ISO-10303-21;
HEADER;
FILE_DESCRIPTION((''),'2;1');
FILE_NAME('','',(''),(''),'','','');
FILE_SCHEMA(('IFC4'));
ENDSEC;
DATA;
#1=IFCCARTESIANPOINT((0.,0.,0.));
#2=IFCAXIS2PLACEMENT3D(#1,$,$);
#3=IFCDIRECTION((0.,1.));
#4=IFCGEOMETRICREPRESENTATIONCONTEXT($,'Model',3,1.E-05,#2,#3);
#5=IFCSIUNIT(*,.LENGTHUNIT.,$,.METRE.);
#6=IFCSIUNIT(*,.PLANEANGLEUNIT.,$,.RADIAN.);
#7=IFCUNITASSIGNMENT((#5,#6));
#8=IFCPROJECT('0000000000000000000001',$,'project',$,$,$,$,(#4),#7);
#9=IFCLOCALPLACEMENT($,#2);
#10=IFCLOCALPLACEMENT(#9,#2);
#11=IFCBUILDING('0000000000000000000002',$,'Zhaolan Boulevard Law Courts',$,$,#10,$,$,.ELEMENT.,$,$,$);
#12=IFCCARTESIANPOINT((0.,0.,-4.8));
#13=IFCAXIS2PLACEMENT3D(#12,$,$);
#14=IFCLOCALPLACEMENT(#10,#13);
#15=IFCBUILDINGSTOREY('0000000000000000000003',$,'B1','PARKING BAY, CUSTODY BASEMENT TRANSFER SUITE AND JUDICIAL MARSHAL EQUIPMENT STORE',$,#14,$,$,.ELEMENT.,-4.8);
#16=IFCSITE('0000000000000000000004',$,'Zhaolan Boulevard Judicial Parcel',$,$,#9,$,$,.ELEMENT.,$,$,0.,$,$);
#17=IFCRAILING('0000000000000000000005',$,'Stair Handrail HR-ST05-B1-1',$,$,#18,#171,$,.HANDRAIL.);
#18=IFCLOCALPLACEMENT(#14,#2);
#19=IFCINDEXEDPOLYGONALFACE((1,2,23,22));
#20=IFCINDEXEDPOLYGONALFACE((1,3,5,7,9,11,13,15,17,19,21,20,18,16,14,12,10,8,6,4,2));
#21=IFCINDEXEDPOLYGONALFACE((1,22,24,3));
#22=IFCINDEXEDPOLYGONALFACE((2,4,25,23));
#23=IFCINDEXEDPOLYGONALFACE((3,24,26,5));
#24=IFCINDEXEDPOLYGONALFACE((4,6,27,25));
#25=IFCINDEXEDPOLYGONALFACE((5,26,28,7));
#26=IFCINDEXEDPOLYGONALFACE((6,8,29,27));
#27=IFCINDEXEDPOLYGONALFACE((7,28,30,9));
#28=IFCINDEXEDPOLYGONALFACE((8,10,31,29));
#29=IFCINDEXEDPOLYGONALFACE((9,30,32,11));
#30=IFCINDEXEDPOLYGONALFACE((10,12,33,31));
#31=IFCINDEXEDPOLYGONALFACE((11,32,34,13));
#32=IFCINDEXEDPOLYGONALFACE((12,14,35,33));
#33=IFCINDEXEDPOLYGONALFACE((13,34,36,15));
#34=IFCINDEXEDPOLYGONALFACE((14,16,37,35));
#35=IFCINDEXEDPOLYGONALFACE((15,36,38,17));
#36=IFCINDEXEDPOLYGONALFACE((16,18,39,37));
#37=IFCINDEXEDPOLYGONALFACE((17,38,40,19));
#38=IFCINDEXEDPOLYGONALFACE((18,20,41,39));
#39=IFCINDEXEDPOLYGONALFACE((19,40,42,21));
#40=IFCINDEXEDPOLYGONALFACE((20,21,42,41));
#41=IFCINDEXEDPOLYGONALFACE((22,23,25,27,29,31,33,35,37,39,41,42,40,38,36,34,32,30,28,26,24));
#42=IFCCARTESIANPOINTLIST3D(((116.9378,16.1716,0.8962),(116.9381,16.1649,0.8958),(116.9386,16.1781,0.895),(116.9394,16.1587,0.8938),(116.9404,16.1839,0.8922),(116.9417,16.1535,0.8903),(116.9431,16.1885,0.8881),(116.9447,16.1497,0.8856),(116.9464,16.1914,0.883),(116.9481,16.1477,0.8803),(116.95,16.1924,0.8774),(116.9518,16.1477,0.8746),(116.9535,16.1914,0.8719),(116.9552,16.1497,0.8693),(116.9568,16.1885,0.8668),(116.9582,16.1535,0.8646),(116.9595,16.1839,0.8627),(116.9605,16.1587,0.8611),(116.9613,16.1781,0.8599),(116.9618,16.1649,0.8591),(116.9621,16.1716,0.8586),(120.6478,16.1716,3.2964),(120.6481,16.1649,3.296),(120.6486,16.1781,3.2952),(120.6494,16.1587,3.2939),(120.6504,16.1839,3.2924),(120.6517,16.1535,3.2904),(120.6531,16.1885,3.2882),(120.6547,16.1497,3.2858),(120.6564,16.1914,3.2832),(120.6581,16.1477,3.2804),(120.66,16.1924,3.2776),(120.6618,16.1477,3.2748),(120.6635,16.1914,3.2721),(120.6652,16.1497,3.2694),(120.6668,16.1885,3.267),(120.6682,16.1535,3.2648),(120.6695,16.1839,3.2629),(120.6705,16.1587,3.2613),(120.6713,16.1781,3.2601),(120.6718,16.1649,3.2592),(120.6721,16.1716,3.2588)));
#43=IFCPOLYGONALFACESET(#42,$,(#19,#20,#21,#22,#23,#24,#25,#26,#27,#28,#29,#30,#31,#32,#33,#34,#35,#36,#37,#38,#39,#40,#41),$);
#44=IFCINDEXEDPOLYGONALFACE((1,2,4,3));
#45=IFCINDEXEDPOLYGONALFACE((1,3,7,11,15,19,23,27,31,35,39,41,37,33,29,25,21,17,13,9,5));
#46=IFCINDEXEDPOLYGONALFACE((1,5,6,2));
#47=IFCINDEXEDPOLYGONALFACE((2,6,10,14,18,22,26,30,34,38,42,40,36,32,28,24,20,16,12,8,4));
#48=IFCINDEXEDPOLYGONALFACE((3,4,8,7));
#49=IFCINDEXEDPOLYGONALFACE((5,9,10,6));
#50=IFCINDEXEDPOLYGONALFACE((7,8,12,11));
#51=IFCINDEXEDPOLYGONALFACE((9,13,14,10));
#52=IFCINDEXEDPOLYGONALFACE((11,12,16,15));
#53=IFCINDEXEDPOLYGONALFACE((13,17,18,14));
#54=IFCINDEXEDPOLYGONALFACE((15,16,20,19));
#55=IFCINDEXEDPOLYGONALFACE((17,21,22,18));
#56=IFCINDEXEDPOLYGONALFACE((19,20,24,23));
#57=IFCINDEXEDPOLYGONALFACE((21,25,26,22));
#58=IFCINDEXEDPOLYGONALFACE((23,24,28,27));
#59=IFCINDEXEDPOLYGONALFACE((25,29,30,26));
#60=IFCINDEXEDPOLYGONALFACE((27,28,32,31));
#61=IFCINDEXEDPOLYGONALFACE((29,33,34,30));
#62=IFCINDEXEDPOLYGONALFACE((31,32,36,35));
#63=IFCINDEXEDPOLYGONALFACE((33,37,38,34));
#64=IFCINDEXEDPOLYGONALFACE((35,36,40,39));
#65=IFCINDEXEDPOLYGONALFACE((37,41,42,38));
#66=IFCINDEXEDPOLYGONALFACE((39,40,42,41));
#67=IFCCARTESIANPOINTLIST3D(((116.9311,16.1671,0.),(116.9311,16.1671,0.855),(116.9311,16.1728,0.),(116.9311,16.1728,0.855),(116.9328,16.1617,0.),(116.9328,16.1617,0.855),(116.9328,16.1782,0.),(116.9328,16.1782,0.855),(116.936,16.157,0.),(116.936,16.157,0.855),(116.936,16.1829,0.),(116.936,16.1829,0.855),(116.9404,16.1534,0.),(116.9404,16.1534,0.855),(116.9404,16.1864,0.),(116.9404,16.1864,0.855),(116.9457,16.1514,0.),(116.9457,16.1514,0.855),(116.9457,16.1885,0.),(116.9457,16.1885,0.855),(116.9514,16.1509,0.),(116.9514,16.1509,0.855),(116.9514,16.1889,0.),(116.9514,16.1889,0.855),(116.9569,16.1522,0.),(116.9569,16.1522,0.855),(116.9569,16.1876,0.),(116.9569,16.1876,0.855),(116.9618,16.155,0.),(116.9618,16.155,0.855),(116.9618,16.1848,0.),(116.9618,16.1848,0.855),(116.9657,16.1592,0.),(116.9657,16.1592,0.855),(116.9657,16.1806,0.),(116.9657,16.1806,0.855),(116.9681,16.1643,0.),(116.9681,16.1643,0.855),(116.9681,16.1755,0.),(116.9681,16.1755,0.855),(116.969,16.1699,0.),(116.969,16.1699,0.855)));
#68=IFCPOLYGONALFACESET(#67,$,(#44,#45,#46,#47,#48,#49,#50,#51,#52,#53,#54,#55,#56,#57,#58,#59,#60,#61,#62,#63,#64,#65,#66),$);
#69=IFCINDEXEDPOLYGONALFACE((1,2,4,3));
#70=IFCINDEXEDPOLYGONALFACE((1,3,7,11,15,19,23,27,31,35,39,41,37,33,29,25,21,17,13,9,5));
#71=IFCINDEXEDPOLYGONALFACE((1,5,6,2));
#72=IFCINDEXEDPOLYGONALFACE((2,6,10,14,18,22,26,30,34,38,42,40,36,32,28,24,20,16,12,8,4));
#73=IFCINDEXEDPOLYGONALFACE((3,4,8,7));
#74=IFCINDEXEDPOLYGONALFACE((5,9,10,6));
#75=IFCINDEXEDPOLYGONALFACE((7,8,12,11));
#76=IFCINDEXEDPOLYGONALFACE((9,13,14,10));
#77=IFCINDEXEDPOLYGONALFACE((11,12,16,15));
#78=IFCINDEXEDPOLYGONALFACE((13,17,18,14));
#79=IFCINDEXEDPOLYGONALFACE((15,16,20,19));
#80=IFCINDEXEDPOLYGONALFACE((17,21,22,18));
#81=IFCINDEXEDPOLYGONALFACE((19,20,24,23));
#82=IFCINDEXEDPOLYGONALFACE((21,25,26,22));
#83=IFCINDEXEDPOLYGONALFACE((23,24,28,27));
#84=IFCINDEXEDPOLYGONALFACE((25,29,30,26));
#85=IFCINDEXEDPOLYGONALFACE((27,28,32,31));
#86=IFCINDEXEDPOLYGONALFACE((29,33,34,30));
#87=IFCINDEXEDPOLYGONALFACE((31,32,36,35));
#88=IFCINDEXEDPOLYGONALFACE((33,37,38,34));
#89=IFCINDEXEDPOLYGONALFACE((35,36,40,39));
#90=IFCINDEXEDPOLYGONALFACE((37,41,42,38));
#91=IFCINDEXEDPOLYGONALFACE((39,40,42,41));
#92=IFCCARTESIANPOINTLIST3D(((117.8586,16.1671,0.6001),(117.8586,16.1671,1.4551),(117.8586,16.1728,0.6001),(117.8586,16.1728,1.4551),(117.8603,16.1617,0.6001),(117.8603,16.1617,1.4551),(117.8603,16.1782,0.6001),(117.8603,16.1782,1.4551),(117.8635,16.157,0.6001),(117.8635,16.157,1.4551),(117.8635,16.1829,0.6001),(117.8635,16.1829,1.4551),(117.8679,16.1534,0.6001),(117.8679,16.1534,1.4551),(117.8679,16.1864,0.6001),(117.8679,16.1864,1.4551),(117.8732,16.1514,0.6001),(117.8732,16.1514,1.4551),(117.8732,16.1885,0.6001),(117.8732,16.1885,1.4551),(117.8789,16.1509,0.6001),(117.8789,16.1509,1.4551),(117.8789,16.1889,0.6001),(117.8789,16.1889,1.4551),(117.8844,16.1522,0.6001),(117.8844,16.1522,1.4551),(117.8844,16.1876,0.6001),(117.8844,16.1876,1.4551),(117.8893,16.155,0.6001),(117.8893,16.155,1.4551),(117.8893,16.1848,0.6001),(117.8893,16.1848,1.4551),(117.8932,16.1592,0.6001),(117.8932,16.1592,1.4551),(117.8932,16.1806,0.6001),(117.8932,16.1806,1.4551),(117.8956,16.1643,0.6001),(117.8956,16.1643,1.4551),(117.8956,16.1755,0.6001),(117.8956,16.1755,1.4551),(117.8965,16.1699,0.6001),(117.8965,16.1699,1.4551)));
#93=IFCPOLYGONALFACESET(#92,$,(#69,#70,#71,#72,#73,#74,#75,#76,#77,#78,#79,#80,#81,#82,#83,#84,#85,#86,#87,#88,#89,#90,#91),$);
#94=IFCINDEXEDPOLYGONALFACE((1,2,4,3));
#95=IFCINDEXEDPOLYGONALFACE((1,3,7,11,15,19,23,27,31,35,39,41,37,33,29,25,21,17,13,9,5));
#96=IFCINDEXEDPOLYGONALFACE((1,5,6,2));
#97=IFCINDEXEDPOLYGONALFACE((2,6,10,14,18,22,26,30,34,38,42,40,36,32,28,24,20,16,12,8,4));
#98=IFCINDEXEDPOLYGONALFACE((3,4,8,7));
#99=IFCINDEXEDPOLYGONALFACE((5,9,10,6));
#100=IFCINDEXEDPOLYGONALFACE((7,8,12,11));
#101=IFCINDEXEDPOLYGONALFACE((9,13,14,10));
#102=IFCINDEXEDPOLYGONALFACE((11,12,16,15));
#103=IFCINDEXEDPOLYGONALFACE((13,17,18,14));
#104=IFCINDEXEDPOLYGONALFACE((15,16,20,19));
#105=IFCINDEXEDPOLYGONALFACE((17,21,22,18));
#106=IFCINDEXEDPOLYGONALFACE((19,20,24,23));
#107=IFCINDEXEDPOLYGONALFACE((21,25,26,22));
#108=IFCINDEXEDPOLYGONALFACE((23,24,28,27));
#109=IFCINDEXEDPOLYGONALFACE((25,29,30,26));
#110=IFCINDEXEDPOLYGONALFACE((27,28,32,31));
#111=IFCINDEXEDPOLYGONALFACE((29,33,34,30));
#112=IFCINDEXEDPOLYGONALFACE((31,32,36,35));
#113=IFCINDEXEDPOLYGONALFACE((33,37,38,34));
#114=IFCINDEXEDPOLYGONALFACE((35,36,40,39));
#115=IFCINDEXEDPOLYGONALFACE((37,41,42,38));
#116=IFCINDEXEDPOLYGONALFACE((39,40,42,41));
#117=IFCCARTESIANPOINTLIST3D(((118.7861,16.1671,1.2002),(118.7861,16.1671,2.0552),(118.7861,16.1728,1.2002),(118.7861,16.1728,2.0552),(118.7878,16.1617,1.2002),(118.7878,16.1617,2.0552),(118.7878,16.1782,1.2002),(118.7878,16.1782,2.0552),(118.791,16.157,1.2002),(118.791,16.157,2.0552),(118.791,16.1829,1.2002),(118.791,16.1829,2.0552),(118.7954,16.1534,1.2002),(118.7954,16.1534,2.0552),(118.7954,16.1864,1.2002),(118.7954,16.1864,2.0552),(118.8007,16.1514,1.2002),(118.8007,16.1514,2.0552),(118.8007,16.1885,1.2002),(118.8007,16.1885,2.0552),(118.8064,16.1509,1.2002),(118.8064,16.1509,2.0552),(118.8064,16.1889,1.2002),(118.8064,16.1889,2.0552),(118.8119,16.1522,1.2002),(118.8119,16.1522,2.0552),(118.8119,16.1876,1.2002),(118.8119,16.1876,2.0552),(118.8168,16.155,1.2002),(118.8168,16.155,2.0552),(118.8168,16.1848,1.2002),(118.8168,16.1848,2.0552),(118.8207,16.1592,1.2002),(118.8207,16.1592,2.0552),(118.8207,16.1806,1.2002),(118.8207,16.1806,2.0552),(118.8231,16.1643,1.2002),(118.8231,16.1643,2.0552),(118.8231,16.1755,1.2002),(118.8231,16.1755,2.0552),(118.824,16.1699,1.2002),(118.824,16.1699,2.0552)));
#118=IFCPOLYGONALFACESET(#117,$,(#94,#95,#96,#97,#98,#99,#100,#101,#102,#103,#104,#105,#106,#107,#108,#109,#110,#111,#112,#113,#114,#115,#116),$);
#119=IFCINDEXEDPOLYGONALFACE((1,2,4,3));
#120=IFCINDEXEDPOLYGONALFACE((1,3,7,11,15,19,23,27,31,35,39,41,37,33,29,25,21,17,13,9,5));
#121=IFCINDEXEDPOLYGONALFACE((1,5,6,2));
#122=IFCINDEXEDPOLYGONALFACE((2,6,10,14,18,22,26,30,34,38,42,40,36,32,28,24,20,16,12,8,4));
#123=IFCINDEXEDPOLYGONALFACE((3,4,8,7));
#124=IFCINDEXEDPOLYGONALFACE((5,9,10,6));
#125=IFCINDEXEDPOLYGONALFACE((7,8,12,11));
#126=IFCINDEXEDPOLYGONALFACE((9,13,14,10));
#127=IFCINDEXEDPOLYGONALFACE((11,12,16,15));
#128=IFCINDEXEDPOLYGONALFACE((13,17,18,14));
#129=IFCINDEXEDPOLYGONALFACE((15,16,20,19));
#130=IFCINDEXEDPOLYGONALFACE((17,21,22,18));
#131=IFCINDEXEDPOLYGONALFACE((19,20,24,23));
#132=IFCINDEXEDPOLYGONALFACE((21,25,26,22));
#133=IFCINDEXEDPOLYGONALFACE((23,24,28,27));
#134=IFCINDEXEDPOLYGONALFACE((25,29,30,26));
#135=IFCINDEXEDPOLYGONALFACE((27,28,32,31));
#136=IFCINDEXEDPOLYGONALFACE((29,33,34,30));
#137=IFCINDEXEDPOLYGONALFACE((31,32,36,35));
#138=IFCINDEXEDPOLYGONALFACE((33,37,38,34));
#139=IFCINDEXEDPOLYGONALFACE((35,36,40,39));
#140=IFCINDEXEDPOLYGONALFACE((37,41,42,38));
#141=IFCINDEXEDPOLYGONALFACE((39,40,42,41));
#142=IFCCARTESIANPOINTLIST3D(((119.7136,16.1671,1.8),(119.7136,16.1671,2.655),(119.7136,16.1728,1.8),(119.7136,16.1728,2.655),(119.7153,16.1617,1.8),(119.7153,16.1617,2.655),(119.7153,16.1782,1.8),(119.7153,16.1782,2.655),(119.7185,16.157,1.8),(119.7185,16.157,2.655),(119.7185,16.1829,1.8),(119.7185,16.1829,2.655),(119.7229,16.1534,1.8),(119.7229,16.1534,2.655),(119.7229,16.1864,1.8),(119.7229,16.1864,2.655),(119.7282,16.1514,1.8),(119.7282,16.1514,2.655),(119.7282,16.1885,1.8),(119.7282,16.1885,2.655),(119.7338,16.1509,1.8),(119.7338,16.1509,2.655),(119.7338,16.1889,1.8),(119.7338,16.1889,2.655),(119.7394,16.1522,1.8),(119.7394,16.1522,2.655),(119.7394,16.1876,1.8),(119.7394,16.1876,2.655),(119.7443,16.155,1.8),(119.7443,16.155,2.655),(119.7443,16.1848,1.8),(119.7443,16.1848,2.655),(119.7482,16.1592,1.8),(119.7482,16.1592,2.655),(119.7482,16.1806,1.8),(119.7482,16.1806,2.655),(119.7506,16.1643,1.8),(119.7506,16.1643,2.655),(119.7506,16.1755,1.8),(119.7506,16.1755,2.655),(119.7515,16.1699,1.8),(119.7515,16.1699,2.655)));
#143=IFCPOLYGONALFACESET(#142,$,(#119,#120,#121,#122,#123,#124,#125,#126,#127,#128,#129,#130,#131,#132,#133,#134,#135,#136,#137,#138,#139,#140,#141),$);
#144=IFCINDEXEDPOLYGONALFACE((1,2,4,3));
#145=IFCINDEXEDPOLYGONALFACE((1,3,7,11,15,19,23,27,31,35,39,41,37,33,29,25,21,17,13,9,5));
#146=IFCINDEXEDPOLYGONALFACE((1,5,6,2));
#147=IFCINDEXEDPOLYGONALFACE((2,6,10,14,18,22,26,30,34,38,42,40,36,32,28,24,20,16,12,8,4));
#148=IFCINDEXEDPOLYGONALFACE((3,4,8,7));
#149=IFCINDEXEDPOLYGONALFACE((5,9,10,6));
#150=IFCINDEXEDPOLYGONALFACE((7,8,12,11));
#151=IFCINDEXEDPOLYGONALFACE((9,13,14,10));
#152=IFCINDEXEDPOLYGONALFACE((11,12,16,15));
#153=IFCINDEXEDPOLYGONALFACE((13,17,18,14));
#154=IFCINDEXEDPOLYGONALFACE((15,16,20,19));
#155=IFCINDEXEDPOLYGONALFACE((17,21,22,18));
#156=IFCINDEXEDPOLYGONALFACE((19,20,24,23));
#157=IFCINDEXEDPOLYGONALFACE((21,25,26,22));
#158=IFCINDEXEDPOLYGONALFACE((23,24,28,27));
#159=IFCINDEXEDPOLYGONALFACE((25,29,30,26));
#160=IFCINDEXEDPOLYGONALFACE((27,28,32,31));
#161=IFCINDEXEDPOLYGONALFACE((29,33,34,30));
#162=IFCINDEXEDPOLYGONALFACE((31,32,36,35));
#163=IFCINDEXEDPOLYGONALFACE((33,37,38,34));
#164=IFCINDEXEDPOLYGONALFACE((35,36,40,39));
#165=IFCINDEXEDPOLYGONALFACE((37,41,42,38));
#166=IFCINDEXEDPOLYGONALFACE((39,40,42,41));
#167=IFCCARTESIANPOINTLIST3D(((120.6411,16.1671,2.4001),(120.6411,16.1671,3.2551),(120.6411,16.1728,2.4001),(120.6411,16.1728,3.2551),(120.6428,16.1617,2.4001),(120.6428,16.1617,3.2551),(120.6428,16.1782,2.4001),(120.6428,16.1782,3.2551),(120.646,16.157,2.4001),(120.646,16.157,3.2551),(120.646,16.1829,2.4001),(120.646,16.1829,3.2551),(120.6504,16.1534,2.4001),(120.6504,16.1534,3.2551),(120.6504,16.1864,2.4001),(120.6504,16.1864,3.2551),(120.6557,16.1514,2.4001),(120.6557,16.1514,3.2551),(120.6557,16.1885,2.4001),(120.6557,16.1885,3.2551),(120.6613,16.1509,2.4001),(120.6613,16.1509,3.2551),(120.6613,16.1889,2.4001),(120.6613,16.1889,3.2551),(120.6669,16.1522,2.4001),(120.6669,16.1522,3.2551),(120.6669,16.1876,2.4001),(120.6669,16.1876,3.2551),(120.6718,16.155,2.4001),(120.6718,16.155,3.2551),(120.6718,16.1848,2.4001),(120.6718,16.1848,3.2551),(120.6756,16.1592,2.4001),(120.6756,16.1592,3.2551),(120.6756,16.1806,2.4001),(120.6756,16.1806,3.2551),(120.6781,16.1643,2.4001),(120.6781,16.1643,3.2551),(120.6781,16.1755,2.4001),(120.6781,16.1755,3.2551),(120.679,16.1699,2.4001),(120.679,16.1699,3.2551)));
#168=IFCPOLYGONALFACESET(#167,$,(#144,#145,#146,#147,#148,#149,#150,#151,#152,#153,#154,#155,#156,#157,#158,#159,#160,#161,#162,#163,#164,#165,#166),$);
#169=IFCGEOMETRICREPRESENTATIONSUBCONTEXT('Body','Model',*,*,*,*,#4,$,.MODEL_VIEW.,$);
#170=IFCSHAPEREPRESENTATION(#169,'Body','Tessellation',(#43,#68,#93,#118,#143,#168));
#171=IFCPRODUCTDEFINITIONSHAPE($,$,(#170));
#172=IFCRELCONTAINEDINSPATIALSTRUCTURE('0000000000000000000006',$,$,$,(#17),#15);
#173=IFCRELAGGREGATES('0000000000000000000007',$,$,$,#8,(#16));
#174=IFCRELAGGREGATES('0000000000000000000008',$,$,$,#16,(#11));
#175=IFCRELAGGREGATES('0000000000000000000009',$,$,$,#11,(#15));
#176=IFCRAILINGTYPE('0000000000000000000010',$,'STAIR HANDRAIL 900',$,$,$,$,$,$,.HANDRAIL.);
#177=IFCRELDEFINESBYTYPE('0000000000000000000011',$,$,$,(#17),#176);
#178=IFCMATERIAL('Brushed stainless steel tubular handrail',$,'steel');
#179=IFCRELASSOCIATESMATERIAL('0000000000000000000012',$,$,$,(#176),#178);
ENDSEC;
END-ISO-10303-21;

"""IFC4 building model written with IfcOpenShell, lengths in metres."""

from ifc_helpers import new_model, si_unit, direction, frame, origin, origin_2d, place, context, subcontext, project, spatial, circle, extrude, material, type_object, element, save


model = new_model("IFC4")

# Units and contexts
model_context = context("Model", 3, precision=1e-05, world=origin(), true_north=direction((0.0, 1.0)))
body_context = subcontext(model_context, "Body", "Model", "MODEL_VIEW")
ifc_project = project(units=[si_unit("LENGTHUNIT", "METRE"), si_unit("PLANEANGLEUNIT", "RADIAN")], contexts=[model_context])

# Site, building, storey
site_placement = place(None, origin())
site = spatial("IfcSite", under=ifc_project, at=site_placement, Name="Zhaolan Boulevard Judicial Parcel", CompositionType="ELEMENT", RefElevation=0.0)
building_placement = place(site_placement, origin())
building = spatial("IfcBuilding", under=site, at=building_placement, Name="Zhaolan Boulevard Law Courts", CompositionType="ELEMENT")
storey_placement = place(building_placement, frame((0.0, 0.0, -4.8)))
storey = spatial("IfcBuildingStorey", under=building, at=storey_placement, Name="B1", Description="PARKING BAY, CUSTODY BASEMENT TRANSFER SUITE AND JUDICIAL MARSHAL EQUIPMENT STORE", CompositionType="ELEMENT", Elevation=-4.8)

# Railing
ifc_material_1 = material(Name="Brushed stainless steel tubular handrail", Category="steel")
railing_type_1 = type_object("IfcRailingType", Name="STAIR HANDRAIL 900", PredefinedType="HANDRAIL", material=ifc_material_1)
railing_1_placement = place(storey_placement, frame((116.95, 16.1699, 0.0)))
element("IfcRailing", 1, at=railing_1_placement, inside=storey, type_object=railing_type_1, Name="Stair Handrail HR-ST05-B1-1", PredefinedType="HANDRAIL", context=body_context, shape_type="SweptSolid", body=[
    extrude(circle(Radius=0.0225, at=origin_2d()), frame((0.0, 0.0, 0.8774), z_axis=(0.839613, 0.0, 0.543185), x_axis=(0.0, 1.0, 0.0)), (0.0, 0.0, 1.0), 4.4187),
    extrude(circle(Radius=0.019, at=origin_2d()), origin(), (0.0, 0.0, 1.0), 0.855),
    extrude(circle(Radius=0.019, at=origin_2d()), frame((0.9275, 0.0, 0.6001)), (0.0, 0.0, 1.0), 0.855),
    extrude(circle(Radius=0.019, at=origin_2d()), frame((1.855, 0.0, 1.2002)), (0.0, 0.0, 1.0), 0.855),
    extrude(circle(Radius=0.019, at=origin_2d()), frame((2.7825, 0.0, 1.8)), (0.0, 0.0, 1.0), 0.855),
    extrude(circle(Radius=0.019, at=origin_2d()), frame((3.71, 0.0, 2.4001)), (0.0, 0.0, 1.0), 0.855),
])

save(model, "model.ifc")
